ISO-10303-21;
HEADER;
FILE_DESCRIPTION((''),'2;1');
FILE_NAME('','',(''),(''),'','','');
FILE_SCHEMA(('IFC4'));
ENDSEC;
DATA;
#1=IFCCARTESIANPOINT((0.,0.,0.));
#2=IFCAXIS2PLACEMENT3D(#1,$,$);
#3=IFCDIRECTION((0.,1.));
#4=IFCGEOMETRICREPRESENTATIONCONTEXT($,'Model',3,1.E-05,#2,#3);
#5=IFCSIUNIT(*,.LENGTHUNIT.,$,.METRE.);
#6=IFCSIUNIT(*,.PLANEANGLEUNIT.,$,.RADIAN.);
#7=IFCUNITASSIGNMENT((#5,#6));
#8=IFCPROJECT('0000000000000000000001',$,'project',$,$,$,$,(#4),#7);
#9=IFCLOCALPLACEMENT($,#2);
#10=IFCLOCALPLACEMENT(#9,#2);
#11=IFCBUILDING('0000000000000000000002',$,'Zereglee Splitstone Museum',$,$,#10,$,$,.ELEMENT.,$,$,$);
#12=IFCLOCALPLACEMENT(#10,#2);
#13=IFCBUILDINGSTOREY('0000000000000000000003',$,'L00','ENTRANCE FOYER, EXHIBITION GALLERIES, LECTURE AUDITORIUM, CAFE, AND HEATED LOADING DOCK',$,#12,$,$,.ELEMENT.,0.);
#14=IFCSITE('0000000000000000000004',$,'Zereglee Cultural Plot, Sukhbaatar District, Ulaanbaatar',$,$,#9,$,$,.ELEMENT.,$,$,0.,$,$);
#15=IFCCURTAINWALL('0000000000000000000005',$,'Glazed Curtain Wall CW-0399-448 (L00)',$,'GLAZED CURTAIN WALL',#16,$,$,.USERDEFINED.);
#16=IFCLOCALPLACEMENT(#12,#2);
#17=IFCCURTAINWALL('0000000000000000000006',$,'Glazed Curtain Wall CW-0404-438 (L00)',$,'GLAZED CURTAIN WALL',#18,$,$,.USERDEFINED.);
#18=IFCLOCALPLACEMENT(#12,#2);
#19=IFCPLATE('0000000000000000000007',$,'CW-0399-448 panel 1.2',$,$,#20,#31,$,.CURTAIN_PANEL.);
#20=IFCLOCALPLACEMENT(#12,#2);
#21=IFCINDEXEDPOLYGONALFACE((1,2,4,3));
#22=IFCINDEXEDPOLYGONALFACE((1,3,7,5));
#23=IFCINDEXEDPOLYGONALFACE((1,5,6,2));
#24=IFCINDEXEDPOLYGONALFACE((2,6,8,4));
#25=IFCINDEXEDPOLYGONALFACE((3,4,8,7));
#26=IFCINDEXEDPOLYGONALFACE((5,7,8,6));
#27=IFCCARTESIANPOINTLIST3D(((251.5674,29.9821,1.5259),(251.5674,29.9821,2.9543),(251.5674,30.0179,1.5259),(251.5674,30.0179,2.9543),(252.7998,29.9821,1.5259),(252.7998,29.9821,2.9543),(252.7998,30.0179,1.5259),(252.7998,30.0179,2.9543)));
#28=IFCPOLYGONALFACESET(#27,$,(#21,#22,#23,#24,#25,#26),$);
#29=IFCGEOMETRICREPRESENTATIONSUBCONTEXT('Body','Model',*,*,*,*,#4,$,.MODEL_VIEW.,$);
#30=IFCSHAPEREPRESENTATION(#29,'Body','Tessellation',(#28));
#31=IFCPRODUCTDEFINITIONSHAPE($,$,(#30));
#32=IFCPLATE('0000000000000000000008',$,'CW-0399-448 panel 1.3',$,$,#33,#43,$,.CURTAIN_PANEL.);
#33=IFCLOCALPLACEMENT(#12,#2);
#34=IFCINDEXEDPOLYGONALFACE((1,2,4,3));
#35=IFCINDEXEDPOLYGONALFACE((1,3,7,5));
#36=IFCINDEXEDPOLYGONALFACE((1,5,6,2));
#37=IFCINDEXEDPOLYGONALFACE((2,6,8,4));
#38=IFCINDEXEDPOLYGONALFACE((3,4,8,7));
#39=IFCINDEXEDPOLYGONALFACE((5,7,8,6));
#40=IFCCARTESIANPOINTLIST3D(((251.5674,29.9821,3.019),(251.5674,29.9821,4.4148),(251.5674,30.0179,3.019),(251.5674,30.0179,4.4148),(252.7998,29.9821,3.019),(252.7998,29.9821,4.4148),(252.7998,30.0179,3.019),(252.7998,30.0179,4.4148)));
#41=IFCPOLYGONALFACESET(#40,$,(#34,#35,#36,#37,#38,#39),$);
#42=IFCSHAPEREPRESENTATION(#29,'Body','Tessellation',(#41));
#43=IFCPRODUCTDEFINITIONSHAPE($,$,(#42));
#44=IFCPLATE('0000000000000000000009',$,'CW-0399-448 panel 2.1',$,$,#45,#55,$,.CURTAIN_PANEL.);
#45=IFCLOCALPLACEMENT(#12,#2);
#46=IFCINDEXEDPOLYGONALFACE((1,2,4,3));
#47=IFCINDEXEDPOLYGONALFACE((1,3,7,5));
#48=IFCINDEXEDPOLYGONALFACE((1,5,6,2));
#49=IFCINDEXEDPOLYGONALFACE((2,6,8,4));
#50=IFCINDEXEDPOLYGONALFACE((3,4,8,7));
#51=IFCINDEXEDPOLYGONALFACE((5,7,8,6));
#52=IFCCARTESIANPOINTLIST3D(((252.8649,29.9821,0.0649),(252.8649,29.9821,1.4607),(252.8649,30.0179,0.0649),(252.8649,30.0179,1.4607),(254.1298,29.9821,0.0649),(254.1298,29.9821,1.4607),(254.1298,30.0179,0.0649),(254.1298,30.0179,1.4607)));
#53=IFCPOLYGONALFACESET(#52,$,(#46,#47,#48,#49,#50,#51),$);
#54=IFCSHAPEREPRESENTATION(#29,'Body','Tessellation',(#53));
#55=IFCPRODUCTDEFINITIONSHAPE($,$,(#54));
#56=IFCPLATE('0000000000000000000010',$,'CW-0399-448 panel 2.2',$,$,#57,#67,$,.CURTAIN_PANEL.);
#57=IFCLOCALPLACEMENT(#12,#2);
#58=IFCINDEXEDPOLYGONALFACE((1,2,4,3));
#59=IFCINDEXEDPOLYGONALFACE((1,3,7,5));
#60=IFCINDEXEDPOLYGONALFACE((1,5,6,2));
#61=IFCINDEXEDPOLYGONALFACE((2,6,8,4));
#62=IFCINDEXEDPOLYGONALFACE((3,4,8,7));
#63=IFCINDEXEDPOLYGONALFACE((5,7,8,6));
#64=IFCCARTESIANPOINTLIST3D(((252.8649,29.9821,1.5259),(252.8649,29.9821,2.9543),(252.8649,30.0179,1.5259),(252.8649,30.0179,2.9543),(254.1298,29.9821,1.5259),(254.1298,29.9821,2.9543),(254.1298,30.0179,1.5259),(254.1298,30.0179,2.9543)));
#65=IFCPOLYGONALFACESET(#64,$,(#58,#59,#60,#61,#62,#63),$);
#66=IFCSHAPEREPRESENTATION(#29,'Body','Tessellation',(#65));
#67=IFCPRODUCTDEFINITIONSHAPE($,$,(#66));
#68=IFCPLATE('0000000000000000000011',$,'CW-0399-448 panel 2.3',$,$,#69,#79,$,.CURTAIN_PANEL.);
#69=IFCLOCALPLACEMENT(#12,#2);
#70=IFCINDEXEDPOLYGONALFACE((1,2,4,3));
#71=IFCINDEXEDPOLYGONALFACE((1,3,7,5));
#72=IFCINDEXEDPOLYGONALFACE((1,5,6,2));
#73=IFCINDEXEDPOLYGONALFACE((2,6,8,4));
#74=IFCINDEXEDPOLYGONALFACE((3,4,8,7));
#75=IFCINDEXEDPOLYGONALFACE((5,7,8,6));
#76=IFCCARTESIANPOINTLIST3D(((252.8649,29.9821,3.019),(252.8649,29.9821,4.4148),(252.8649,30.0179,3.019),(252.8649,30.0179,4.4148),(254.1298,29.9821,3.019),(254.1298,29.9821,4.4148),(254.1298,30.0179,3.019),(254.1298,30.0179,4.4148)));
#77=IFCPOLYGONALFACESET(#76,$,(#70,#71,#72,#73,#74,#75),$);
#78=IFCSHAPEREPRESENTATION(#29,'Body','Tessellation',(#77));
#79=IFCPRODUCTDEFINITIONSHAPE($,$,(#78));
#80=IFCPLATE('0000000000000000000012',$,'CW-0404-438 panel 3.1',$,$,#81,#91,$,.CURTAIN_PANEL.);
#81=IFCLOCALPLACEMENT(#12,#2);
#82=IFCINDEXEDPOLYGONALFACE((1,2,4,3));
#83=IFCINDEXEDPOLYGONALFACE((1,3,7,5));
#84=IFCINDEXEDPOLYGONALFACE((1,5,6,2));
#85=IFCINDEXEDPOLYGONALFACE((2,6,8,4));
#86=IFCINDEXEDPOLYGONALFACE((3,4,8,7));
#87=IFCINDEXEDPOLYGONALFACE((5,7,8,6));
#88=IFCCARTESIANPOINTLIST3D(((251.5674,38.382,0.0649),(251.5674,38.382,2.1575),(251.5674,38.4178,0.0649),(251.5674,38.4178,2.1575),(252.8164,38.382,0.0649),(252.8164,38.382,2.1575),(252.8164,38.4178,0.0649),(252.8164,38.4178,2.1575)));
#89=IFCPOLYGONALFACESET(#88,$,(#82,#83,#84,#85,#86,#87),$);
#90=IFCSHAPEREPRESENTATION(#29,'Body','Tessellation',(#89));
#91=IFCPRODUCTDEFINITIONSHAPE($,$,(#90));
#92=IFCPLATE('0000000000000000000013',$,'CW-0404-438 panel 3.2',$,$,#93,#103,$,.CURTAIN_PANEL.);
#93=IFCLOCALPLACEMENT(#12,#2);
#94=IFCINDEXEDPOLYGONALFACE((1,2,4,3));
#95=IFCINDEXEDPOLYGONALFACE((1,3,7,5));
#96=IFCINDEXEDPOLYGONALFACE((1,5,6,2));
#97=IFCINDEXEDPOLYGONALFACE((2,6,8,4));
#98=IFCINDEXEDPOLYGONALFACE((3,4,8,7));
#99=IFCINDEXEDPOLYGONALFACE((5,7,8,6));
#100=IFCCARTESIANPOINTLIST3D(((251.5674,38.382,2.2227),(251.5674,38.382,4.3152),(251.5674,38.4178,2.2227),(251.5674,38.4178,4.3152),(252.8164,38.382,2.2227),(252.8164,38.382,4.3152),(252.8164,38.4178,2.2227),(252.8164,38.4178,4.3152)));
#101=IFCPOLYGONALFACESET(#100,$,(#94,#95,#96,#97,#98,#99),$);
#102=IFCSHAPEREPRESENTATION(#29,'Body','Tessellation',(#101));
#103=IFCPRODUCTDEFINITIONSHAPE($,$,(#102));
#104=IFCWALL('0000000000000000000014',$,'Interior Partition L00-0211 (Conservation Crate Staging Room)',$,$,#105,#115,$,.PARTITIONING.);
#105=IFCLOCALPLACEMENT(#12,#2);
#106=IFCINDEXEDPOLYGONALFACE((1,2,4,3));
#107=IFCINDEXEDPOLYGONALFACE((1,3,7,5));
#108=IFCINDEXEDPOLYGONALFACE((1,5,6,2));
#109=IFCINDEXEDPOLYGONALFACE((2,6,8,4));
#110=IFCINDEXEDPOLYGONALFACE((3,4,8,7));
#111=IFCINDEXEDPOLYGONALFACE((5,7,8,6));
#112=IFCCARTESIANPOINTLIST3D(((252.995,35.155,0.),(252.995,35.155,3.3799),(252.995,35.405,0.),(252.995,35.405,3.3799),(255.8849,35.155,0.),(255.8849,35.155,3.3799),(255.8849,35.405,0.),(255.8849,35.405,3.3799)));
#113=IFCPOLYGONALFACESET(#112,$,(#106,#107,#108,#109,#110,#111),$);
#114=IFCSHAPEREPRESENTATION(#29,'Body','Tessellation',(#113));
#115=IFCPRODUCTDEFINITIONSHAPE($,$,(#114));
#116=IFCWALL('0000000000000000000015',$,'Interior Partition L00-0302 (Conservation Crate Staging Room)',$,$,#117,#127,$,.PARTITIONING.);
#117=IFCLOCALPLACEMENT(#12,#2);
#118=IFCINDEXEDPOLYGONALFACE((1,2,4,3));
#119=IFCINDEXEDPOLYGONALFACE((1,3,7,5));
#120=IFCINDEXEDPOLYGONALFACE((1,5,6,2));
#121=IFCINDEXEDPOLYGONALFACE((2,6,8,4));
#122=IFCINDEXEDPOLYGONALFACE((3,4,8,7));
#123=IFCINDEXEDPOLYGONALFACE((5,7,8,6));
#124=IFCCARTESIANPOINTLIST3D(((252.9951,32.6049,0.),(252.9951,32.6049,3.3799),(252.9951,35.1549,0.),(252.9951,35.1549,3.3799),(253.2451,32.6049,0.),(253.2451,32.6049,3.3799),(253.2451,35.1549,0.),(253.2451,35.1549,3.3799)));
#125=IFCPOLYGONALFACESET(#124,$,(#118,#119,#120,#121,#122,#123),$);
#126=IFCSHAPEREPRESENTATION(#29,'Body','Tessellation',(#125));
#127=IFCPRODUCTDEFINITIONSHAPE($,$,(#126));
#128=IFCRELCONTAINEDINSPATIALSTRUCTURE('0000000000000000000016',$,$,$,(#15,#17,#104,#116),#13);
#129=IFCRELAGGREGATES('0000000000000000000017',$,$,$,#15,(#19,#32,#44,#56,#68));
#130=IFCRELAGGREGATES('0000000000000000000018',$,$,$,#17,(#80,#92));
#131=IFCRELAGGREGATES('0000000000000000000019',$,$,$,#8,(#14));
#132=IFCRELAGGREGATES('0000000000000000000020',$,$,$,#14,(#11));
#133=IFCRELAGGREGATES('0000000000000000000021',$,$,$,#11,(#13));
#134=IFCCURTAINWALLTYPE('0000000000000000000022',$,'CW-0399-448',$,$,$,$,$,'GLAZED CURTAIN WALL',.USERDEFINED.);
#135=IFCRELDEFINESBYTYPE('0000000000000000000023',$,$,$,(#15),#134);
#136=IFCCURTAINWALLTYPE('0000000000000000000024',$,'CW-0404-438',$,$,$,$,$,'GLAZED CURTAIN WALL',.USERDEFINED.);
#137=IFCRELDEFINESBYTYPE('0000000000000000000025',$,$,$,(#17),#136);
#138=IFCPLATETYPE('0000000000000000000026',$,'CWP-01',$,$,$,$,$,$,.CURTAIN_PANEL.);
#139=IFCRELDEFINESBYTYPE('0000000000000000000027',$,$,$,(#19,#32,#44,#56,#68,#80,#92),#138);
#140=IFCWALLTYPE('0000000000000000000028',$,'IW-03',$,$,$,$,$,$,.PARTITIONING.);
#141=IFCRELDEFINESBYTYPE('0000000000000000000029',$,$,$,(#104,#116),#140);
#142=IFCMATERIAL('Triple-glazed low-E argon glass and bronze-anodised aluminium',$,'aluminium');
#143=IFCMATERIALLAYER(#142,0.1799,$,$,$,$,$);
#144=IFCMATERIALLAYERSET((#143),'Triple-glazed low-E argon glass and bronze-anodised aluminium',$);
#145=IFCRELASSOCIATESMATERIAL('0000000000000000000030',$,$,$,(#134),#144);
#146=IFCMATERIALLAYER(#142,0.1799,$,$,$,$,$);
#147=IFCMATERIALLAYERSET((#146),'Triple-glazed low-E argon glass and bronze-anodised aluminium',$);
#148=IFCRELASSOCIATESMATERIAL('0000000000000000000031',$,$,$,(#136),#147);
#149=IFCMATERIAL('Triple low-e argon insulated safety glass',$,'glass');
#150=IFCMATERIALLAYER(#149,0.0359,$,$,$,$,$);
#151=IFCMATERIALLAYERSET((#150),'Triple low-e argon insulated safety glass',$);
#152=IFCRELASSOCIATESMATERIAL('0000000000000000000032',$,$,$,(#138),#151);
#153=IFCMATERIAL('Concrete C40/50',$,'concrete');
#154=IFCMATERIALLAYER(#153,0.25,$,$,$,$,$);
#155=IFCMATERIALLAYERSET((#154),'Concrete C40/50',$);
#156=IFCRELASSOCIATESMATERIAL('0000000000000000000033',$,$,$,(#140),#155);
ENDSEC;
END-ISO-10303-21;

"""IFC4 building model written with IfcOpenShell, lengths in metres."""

from ifc_helpers import new_model, si_unit, direction, frame, frame_2d, origin, origin_2d, place, context, subcontext, project, spatial, rectangle, extrude, material, layer, layer_set, type_object, element, aggregate, save


model = new_model("IFC4")

# Units and contexts
model_context = context("Model", 3, precision=1e-05, world=origin(), true_north=direction((0.0, 1.0)))
body_context = subcontext(model_context, "Body", "Model", "MODEL_VIEW")
ifc_project = project(units=[si_unit("LENGTHUNIT", "METRE"), si_unit("PLANEANGLEUNIT", "RADIAN")], contexts=[model_context])

# Site, building, storey
site_placement = place(None, origin())
site = spatial("IfcSite", under=ifc_project, at=site_placement, Name="Zereglee Cultural Plot, Sukhbaatar District, Ulaanbaatar", CompositionType="ELEMENT", RefElevation=0.0)
building_placement = place(site_placement, origin())
building = spatial("IfcBuilding", under=site, at=building_placement, Name="Zereglee Splitstone Museum", CompositionType="ELEMENT")
storey_placement = place(building_placement, origin())
storey = spatial("IfcBuildingStorey", under=building, at=storey_placement, Name="L00", Description="ENTRANCE FOYER, EXHIBITION GALLERIES, LECTURE AUDITORIUM, CAFE, AND HEATED LOADING DOCK", CompositionType="ELEMENT", Elevation=0.0)

# Curtain wall
ifc_material_1 = material(Name="Triple-glazed low-E argon glass and bronze-anodised aluminium", Category="aluminium")
ifc_layer_1 = layer(ifc_material_1, 0.1799)
ifc_layer_set_1 = layer_set([ifc_layer_1], Name="Triple-glazed low-E argon glass and bronze-anodised aluminium")
curtain_wall_type_1 = type_object("IfcCurtainWallType", Name="CW-0399-448", ElementType="GLAZED CURTAIN WALL", PredefinedType="USERDEFINED", material=ifc_layer_set_1)
curtain_wall_1_placement = place(storey_placement, origin())
curtain_wall_1 = element("IfcCurtainWall", 1, at=curtain_wall_1_placement, inside=storey, type_object=curtain_wall_type_1, Name="Glazed Curtain Wall CW-0399-448 (L00)", ObjectType="GLAZED CURTAIN WALL", PredefinedType="USERDEFINED")

# Curtain wall
ifc_layer_2 = layer(ifc_material_1, 0.1799)
ifc_layer_set_2 = layer_set([ifc_layer_2], Name="Triple-glazed low-E argon glass and bronze-anodised aluminium")
curtain_wall_type_2 = type_object("IfcCurtainWallType", Name="CW-0404-438", ElementType="GLAZED CURTAIN WALL", PredefinedType="USERDEFINED", material=ifc_layer_set_2)
curtain_wall_2_placement = place(storey_placement, origin())
curtain_wall_2 = element("IfcCurtainWall", 2, at=curtain_wall_2_placement, inside=storey, type_object=curtain_wall_type_2, Name="Glazed Curtain Wall CW-0404-438 (L00)", ObjectType="GLAZED CURTAIN WALL", PredefinedType="USERDEFINED")

# Plates
ifc_material_2 = material(Name="Triple low-e argon insulated safety glass", Category="glass")
ifc_layer_3 = layer(ifc_material_2, 0.0359)
ifc_layer_set_3 = layer_set([ifc_layer_3], Name="Triple low-e argon insulated safety glass")
plate_type = type_object("IfcPlateType", Name="CWP-01", PredefinedType="CURTAIN_PANEL", material=ifc_layer_set_3)
plate_1_placement = place(storey_placement, frame((252.1836, 30.0, 1.5259), z_axis=(0.0, 0.0, 1.0), x_axis=(1.0, 0.0, 0.0)))
plate_1 = element("IfcPlate", 3, at=plate_1_placement, type_object=plate_type, Name="CW-0399-448 panel 1.2", PredefinedType="CURTAIN_PANEL", context=body_context, shape_type="SweptSolid", body=[
    extrude(rectangle(XDim=1.2324, YDim=0.0359, at=origin_2d()), origin(), (0.0, 0.0, 1.0), 1.4285),
])
plate_2_placement = place(storey_placement, frame((252.1836, 30.0, 3.019), z_axis=(0.0, 0.0, 1.0), x_axis=(1.0, 0.0, 0.0)))
plate_2 = element("IfcPlate", 4, at=plate_2_placement, type_object=plate_type, Name="CW-0399-448 panel 1.3", PredefinedType="CURTAIN_PANEL", context=body_context, shape_type="SweptSolid", body=[
    extrude(rectangle(XDim=1.2324, YDim=0.0359, at=origin_2d()), origin(), (0.0, 0.0, 1.0), 1.3958),
])
plate_3_placement = place(storey_placement, frame((253.4973, 30.0, 0.0649), z_axis=(0.0, 0.0, 1.0), x_axis=(1.0, 0.0, 0.0)))
plate_3 = element("IfcPlate", 5, at=plate_3_placement, type_object=plate_type, Name="CW-0399-448 panel 2.1", PredefinedType="CURTAIN_PANEL", context=body_context, shape_type="SweptSolid", body=[
    extrude(rectangle(XDim=1.2649, YDim=0.0359, at=origin_2d()), origin(), (0.0, 0.0, 1.0), 1.3958),
])
plate_4_placement = place(storey_placement, frame((253.4973, 30.0, 1.5259), z_axis=(0.0, 0.0, 1.0), x_axis=(1.0, 0.0, 0.0)))
plate_4 = element("IfcPlate", 6, at=plate_4_placement, type_object=plate_type, Name="CW-0399-448 panel 2.2", PredefinedType="CURTAIN_PANEL", context=body_context, shape_type="SweptSolid", body=[
    extrude(rectangle(XDim=1.2649, YDim=0.0359, at=origin_2d()), origin(), (0.0, 0.0, 1.0), 1.4285),
])
plate_5_placement = place(storey_placement, frame((253.4973, 30.0, 3.019), z_axis=(0.0, 0.0, 1.0), x_axis=(1.0, 0.0, 0.0)))
plate_5 = element("IfcPlate", 7, at=plate_5_placement, type_object=plate_type, Name="CW-0399-448 panel 2.3", PredefinedType="CURTAIN_PANEL", context=body_context, shape_type="SweptSolid", body=[
    extrude(rectangle(XDim=1.2649, YDim=0.0359, at=origin_2d()), origin(), (0.0, 0.0, 1.0), 1.3958),
])
aggregate(curtain_wall_1, [plate_1, plate_2, plate_3, plate_4, plate_5])
plate_6_placement = place(storey_placement, frame((252.1919, 38.3999, 0.0649), z_axis=(0.0, 0.0, 1.0), x_axis=(-1.0, 0.0, 0.0)))
plate_6 = element("IfcPlate", 8, at=plate_6_placement, type_object=plate_type, Name="CW-0404-438 panel 3.1", PredefinedType="CURTAIN_PANEL", context=body_context, shape_type="SweptSolid", body=[
    extrude(rectangle(XDim=1.249, YDim=0.0359, at=origin_2d()), origin(), (0.0, 0.0, 1.0), 2.0925),
])
plate_7_placement = place(storey_placement, frame((252.1919, 38.3999, 2.2227), z_axis=(0.0, 0.0, 1.0), x_axis=(-1.0, 0.0, 0.0)))
plate_7 = element("IfcPlate", 9, at=plate_7_placement, type_object=plate_type, Name="CW-0404-438 panel 3.2", PredefinedType="CURTAIN_PANEL", context=body_context, shape_type="SweptSolid", body=[
    extrude(rectangle(XDim=1.249, YDim=0.0359, at=origin_2d()), origin(), (0.0, 0.0, 1.0), 2.0925),
])
aggregate(curtain_wall_2, [plate_6, plate_7])

# Walls
ifc_material_3 = material(Name="Concrete C40/50", Category="concrete")
ifc_layer_4 = layer(ifc_material_3, 0.25)
ifc_layer_set_4 = layer_set([ifc_layer_4], Name="Concrete C40/50")
wall_type = type_object("IfcWallType", Name="IW-03", PredefinedType="PARTITIONING", material=ifc_layer_set_4)
wall_1_placement = place(storey_placement, frame((252.9951, 35.28, 0.0), z_axis=(0.0, 0.0, 1.0), x_axis=(1.0, 0.0, 0.0)))
element("IfcWall", 10, at=wall_1_placement, inside=storey, type_object=wall_type, Name="Interior Partition L00-0211 (Conservation Crate Staging Room)", PredefinedType="PARTITIONING", context=body_context, shape_type="SweptSolid", body=[
    extrude(rectangle(XDim=2.8899, YDim=0.25, at=frame_2d((1.4448, 0.0))), origin(), (0.0, 0.0, 1.0), 3.3799),
])
wall_2_placement = place(storey_placement, frame((253.1201, 32.605, 0.0), z_axis=(0.0, 0.0, 1.0), x_axis=(0.0, 1.0, 0.0)))
element("IfcWall", 11, at=wall_2_placement, inside=storey, type_object=wall_type, Name="Interior Partition L00-0302 (Conservation Crate Staging Room)", PredefinedType="PARTITIONING", context=body_context, shape_type="SweptSolid", body=[
    extrude(rectangle(XDim=2.55, YDim=0.25, at=frame_2d((1.2749, 0.0))), origin(), (0.0, 0.0, 1.0), 3.3799),
])

save(model, "model.ifc")
